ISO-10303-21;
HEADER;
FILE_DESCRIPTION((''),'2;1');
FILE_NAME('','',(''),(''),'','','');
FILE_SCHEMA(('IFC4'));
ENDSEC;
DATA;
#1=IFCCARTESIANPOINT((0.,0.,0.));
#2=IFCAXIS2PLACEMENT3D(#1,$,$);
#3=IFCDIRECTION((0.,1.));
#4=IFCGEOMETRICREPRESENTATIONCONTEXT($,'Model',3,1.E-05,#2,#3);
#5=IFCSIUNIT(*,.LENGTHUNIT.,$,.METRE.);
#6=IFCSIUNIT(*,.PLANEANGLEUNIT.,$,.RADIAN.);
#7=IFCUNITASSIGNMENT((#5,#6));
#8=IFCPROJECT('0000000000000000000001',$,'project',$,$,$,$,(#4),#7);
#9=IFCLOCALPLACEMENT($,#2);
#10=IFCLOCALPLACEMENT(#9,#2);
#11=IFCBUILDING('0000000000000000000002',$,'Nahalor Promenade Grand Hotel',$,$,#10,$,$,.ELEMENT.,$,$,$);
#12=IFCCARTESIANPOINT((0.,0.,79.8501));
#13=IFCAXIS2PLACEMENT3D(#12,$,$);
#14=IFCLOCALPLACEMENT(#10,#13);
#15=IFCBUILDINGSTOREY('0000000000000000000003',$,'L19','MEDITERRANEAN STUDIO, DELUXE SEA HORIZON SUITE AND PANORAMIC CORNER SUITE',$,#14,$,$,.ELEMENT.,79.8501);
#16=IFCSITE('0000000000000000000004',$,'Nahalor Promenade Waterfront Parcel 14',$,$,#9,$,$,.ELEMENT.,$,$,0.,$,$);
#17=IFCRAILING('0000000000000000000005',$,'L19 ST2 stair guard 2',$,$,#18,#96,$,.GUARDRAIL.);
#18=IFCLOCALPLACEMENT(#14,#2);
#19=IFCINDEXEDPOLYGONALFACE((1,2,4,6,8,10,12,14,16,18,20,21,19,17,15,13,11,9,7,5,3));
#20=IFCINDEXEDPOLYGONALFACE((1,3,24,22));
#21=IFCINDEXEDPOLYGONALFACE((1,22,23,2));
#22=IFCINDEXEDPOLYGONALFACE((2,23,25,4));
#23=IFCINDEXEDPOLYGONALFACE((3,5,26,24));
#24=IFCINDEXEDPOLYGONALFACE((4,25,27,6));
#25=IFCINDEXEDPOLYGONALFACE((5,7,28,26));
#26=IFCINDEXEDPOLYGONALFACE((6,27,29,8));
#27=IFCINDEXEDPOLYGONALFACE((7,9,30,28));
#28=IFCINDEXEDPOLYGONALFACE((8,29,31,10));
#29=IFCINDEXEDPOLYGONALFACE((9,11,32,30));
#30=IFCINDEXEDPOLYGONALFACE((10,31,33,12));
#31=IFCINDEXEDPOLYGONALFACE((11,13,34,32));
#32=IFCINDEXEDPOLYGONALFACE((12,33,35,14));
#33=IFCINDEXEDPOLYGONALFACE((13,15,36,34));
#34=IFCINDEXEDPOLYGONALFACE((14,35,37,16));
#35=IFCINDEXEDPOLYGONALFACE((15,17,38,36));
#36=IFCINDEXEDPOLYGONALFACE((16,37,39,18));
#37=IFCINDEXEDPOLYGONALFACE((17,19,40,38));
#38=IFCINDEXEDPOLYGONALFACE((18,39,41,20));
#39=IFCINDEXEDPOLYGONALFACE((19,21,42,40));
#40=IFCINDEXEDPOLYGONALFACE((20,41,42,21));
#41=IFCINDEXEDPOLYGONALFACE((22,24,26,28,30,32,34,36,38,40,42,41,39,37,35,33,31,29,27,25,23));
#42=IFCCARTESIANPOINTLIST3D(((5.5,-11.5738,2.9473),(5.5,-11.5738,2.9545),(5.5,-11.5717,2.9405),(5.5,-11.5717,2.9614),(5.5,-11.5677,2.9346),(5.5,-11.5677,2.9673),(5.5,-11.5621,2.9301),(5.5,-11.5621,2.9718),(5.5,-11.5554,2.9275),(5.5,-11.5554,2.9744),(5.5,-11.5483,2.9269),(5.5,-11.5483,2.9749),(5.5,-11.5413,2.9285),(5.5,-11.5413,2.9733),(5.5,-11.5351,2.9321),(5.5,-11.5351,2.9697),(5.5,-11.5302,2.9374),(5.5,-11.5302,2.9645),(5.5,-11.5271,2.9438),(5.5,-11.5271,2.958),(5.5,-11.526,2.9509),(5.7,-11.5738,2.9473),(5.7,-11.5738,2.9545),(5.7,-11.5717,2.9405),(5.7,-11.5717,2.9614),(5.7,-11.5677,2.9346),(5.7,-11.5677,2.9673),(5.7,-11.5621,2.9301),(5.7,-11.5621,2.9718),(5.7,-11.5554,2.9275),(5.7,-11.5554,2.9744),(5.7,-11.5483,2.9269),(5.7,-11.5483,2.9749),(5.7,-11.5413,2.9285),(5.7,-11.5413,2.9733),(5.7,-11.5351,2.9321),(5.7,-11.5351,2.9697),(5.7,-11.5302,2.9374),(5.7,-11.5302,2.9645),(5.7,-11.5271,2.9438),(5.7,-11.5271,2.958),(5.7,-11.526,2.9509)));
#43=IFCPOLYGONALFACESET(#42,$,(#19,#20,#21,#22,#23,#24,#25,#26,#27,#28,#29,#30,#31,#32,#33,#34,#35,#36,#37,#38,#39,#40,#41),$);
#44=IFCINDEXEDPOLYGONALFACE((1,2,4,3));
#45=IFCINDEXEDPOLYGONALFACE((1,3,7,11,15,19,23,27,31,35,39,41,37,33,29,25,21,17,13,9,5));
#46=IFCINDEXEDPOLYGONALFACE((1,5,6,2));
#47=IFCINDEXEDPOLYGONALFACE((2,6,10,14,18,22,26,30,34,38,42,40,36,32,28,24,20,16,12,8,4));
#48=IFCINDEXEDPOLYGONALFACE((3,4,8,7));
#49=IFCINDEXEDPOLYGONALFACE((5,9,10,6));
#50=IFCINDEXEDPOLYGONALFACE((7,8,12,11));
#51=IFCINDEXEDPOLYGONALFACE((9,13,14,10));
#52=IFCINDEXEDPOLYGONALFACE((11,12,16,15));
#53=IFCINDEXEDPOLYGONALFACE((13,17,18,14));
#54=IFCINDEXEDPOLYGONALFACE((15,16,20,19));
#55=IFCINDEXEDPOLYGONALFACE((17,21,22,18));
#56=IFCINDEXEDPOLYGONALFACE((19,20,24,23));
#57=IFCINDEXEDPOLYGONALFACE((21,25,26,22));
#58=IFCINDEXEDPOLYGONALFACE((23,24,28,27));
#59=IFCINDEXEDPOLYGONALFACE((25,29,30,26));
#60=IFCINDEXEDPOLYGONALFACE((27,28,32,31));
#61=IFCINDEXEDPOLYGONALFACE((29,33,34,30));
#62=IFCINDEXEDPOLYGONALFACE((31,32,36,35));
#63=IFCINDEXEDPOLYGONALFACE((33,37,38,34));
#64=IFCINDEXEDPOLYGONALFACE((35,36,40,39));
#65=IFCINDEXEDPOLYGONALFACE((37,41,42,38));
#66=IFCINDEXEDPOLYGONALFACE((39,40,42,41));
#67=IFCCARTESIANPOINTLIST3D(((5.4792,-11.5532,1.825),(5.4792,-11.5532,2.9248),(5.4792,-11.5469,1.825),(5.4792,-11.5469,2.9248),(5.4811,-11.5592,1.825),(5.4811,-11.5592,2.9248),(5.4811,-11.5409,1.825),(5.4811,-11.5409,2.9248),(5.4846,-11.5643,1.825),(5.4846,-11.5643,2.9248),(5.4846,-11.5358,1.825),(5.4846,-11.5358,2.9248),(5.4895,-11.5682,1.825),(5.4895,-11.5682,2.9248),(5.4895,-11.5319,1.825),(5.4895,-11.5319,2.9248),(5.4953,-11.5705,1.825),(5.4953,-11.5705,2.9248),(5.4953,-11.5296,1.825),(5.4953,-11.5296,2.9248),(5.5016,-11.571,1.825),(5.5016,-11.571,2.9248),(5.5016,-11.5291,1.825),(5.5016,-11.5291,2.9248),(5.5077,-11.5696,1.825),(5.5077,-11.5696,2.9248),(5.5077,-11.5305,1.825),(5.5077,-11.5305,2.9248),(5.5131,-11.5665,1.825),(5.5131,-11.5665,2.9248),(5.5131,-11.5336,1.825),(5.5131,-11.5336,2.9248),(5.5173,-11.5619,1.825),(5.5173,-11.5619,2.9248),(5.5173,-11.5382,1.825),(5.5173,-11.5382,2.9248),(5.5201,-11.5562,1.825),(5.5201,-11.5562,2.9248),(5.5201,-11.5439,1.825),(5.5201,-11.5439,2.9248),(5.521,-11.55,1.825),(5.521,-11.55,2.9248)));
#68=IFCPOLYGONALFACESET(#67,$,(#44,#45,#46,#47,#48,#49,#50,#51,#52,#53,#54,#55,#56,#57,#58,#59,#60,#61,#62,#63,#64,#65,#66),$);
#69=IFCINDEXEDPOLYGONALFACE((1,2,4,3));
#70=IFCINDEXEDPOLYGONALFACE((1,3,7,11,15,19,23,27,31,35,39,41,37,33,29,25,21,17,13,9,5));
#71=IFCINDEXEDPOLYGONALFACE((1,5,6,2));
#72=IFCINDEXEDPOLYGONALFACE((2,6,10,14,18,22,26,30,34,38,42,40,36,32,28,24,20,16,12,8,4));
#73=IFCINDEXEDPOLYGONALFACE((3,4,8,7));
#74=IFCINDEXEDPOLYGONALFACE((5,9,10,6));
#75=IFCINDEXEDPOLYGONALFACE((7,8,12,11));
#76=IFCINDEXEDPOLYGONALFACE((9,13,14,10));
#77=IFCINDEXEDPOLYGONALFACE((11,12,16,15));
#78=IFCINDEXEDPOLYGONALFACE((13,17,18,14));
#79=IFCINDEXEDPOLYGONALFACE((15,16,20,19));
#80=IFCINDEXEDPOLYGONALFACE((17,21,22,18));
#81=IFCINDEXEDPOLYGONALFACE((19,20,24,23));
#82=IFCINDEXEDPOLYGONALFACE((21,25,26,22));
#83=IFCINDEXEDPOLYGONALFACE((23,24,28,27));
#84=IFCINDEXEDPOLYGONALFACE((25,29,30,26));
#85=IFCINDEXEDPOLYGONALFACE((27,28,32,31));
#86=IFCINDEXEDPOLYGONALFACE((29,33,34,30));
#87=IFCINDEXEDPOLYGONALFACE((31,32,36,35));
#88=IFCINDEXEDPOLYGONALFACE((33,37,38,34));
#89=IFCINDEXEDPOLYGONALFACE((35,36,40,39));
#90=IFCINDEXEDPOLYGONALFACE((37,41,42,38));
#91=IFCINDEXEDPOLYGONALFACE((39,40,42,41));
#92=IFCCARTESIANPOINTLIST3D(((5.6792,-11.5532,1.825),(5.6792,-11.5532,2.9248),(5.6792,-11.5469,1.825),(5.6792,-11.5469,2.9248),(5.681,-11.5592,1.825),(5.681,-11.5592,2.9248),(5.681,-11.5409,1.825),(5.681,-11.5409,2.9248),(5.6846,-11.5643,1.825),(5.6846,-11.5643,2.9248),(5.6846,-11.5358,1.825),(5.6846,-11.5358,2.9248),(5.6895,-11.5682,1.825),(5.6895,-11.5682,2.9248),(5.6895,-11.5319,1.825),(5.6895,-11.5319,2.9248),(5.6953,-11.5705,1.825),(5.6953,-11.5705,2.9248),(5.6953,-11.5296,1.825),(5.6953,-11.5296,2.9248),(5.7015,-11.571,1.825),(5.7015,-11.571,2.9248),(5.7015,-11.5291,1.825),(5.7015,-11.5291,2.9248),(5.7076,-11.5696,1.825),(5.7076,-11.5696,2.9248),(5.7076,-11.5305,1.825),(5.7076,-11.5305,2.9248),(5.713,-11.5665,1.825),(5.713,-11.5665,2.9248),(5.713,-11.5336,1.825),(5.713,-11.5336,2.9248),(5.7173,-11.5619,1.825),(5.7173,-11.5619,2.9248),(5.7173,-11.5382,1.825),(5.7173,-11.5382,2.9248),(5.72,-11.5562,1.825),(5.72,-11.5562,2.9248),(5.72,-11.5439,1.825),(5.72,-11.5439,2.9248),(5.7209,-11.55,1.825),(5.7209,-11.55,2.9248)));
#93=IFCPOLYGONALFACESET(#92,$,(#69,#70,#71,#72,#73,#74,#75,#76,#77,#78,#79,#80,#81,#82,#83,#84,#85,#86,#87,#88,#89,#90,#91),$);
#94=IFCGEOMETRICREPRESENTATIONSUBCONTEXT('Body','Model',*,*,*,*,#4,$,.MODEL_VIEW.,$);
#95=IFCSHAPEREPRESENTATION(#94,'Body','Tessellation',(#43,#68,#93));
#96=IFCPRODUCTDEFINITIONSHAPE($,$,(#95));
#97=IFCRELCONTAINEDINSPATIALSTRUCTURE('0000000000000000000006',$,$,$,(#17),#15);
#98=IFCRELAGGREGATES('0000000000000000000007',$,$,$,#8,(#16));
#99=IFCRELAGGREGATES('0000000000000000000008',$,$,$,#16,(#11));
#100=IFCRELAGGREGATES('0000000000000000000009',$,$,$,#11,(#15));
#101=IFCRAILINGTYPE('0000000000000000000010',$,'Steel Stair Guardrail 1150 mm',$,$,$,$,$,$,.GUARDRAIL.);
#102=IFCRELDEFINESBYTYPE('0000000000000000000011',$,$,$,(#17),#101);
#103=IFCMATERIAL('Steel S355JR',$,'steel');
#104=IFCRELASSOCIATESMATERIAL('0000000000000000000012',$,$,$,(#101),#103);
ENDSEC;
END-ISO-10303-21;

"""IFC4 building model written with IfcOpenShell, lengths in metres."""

from ifc_helpers import new_model, si_unit, direction, frame, origin, origin_2d, place, context, subcontext, project, spatial, circle, extrude, material, type_object, element, save


model = new_model("IFC4")

# Units and contexts
model_context = context("Model", 3, precision=1e-05, world=origin(), true_north=direction((0.0, 1.0)))
body_context = subcontext(model_context, "Body", "Model", "MODEL_VIEW")
ifc_project = project(units=[si_unit("LENGTHUNIT", "METRE"), si_unit("PLANEANGLEUNIT", "RADIAN")], contexts=[model_context])

# Site, building, storey
site_placement = place(None, origin())
site = spatial("IfcSite", under=ifc_project, at=site_placement, Name="Nahalor Promenade Waterfront Parcel 14", CompositionType="ELEMENT", RefElevation=0.0)
building_placement = place(site_placement, origin())
building = spatial("IfcBuilding", under=site, at=building_placement, Name="Nahalor Promenade Grand Hotel", CompositionType="ELEMENT")
storey_placement = place(building_placement, frame((0.0, 0.0, 79.8501)))
storey = spatial("IfcBuildingStorey", under=building, at=storey_placement, Name="L19", Description="MEDITERRANEAN STUDIO, DELUXE SEA HORIZON SUITE AND PANORAMIC CORNER SUITE", CompositionType="ELEMENT", Elevation=79.8501)

# Shared definitions
ifc_material_1 = material(Name="Steel S355JR", Category="steel")

# Railing
railing_type_1 = type_object("IfcRailingType", Name="Steel Stair Guardrail 1150 mm", PredefinedType="GUARDRAIL", material=ifc_material_1)
railing_1_placement = place(storey_placement, frame((5.5, -11.55, 1.825)))
element("IfcRailing", 1, at=railing_1_placement, inside=storey, type_object=railing_type_1, Name="L19 ST2 stair guard 2", PredefinedType="GUARDRAIL", context=body_context, shape_type="SweptSolid", body=[
    extrude(circle(Radius=0.024, at=origin_2d()), frame((0.0, 0.0, 1.126), z_axis=(1.0, 0.0, 0.0), x_axis=(0.0, 1.0, 0.0)), (0.0, 0.0, 1.0), 0.2),
    extrude(circle(Radius=0.021, at=origin_2d()), origin(), (0.0, 0.0, 1.0), 1.0999),
    extrude(circle(Radius=0.021, at=origin_2d()), frame((0.2, 0.0, 0.0)), (0.0, 0.0, 1.0), 1.0999),
])

save(model, "model.ifc")
